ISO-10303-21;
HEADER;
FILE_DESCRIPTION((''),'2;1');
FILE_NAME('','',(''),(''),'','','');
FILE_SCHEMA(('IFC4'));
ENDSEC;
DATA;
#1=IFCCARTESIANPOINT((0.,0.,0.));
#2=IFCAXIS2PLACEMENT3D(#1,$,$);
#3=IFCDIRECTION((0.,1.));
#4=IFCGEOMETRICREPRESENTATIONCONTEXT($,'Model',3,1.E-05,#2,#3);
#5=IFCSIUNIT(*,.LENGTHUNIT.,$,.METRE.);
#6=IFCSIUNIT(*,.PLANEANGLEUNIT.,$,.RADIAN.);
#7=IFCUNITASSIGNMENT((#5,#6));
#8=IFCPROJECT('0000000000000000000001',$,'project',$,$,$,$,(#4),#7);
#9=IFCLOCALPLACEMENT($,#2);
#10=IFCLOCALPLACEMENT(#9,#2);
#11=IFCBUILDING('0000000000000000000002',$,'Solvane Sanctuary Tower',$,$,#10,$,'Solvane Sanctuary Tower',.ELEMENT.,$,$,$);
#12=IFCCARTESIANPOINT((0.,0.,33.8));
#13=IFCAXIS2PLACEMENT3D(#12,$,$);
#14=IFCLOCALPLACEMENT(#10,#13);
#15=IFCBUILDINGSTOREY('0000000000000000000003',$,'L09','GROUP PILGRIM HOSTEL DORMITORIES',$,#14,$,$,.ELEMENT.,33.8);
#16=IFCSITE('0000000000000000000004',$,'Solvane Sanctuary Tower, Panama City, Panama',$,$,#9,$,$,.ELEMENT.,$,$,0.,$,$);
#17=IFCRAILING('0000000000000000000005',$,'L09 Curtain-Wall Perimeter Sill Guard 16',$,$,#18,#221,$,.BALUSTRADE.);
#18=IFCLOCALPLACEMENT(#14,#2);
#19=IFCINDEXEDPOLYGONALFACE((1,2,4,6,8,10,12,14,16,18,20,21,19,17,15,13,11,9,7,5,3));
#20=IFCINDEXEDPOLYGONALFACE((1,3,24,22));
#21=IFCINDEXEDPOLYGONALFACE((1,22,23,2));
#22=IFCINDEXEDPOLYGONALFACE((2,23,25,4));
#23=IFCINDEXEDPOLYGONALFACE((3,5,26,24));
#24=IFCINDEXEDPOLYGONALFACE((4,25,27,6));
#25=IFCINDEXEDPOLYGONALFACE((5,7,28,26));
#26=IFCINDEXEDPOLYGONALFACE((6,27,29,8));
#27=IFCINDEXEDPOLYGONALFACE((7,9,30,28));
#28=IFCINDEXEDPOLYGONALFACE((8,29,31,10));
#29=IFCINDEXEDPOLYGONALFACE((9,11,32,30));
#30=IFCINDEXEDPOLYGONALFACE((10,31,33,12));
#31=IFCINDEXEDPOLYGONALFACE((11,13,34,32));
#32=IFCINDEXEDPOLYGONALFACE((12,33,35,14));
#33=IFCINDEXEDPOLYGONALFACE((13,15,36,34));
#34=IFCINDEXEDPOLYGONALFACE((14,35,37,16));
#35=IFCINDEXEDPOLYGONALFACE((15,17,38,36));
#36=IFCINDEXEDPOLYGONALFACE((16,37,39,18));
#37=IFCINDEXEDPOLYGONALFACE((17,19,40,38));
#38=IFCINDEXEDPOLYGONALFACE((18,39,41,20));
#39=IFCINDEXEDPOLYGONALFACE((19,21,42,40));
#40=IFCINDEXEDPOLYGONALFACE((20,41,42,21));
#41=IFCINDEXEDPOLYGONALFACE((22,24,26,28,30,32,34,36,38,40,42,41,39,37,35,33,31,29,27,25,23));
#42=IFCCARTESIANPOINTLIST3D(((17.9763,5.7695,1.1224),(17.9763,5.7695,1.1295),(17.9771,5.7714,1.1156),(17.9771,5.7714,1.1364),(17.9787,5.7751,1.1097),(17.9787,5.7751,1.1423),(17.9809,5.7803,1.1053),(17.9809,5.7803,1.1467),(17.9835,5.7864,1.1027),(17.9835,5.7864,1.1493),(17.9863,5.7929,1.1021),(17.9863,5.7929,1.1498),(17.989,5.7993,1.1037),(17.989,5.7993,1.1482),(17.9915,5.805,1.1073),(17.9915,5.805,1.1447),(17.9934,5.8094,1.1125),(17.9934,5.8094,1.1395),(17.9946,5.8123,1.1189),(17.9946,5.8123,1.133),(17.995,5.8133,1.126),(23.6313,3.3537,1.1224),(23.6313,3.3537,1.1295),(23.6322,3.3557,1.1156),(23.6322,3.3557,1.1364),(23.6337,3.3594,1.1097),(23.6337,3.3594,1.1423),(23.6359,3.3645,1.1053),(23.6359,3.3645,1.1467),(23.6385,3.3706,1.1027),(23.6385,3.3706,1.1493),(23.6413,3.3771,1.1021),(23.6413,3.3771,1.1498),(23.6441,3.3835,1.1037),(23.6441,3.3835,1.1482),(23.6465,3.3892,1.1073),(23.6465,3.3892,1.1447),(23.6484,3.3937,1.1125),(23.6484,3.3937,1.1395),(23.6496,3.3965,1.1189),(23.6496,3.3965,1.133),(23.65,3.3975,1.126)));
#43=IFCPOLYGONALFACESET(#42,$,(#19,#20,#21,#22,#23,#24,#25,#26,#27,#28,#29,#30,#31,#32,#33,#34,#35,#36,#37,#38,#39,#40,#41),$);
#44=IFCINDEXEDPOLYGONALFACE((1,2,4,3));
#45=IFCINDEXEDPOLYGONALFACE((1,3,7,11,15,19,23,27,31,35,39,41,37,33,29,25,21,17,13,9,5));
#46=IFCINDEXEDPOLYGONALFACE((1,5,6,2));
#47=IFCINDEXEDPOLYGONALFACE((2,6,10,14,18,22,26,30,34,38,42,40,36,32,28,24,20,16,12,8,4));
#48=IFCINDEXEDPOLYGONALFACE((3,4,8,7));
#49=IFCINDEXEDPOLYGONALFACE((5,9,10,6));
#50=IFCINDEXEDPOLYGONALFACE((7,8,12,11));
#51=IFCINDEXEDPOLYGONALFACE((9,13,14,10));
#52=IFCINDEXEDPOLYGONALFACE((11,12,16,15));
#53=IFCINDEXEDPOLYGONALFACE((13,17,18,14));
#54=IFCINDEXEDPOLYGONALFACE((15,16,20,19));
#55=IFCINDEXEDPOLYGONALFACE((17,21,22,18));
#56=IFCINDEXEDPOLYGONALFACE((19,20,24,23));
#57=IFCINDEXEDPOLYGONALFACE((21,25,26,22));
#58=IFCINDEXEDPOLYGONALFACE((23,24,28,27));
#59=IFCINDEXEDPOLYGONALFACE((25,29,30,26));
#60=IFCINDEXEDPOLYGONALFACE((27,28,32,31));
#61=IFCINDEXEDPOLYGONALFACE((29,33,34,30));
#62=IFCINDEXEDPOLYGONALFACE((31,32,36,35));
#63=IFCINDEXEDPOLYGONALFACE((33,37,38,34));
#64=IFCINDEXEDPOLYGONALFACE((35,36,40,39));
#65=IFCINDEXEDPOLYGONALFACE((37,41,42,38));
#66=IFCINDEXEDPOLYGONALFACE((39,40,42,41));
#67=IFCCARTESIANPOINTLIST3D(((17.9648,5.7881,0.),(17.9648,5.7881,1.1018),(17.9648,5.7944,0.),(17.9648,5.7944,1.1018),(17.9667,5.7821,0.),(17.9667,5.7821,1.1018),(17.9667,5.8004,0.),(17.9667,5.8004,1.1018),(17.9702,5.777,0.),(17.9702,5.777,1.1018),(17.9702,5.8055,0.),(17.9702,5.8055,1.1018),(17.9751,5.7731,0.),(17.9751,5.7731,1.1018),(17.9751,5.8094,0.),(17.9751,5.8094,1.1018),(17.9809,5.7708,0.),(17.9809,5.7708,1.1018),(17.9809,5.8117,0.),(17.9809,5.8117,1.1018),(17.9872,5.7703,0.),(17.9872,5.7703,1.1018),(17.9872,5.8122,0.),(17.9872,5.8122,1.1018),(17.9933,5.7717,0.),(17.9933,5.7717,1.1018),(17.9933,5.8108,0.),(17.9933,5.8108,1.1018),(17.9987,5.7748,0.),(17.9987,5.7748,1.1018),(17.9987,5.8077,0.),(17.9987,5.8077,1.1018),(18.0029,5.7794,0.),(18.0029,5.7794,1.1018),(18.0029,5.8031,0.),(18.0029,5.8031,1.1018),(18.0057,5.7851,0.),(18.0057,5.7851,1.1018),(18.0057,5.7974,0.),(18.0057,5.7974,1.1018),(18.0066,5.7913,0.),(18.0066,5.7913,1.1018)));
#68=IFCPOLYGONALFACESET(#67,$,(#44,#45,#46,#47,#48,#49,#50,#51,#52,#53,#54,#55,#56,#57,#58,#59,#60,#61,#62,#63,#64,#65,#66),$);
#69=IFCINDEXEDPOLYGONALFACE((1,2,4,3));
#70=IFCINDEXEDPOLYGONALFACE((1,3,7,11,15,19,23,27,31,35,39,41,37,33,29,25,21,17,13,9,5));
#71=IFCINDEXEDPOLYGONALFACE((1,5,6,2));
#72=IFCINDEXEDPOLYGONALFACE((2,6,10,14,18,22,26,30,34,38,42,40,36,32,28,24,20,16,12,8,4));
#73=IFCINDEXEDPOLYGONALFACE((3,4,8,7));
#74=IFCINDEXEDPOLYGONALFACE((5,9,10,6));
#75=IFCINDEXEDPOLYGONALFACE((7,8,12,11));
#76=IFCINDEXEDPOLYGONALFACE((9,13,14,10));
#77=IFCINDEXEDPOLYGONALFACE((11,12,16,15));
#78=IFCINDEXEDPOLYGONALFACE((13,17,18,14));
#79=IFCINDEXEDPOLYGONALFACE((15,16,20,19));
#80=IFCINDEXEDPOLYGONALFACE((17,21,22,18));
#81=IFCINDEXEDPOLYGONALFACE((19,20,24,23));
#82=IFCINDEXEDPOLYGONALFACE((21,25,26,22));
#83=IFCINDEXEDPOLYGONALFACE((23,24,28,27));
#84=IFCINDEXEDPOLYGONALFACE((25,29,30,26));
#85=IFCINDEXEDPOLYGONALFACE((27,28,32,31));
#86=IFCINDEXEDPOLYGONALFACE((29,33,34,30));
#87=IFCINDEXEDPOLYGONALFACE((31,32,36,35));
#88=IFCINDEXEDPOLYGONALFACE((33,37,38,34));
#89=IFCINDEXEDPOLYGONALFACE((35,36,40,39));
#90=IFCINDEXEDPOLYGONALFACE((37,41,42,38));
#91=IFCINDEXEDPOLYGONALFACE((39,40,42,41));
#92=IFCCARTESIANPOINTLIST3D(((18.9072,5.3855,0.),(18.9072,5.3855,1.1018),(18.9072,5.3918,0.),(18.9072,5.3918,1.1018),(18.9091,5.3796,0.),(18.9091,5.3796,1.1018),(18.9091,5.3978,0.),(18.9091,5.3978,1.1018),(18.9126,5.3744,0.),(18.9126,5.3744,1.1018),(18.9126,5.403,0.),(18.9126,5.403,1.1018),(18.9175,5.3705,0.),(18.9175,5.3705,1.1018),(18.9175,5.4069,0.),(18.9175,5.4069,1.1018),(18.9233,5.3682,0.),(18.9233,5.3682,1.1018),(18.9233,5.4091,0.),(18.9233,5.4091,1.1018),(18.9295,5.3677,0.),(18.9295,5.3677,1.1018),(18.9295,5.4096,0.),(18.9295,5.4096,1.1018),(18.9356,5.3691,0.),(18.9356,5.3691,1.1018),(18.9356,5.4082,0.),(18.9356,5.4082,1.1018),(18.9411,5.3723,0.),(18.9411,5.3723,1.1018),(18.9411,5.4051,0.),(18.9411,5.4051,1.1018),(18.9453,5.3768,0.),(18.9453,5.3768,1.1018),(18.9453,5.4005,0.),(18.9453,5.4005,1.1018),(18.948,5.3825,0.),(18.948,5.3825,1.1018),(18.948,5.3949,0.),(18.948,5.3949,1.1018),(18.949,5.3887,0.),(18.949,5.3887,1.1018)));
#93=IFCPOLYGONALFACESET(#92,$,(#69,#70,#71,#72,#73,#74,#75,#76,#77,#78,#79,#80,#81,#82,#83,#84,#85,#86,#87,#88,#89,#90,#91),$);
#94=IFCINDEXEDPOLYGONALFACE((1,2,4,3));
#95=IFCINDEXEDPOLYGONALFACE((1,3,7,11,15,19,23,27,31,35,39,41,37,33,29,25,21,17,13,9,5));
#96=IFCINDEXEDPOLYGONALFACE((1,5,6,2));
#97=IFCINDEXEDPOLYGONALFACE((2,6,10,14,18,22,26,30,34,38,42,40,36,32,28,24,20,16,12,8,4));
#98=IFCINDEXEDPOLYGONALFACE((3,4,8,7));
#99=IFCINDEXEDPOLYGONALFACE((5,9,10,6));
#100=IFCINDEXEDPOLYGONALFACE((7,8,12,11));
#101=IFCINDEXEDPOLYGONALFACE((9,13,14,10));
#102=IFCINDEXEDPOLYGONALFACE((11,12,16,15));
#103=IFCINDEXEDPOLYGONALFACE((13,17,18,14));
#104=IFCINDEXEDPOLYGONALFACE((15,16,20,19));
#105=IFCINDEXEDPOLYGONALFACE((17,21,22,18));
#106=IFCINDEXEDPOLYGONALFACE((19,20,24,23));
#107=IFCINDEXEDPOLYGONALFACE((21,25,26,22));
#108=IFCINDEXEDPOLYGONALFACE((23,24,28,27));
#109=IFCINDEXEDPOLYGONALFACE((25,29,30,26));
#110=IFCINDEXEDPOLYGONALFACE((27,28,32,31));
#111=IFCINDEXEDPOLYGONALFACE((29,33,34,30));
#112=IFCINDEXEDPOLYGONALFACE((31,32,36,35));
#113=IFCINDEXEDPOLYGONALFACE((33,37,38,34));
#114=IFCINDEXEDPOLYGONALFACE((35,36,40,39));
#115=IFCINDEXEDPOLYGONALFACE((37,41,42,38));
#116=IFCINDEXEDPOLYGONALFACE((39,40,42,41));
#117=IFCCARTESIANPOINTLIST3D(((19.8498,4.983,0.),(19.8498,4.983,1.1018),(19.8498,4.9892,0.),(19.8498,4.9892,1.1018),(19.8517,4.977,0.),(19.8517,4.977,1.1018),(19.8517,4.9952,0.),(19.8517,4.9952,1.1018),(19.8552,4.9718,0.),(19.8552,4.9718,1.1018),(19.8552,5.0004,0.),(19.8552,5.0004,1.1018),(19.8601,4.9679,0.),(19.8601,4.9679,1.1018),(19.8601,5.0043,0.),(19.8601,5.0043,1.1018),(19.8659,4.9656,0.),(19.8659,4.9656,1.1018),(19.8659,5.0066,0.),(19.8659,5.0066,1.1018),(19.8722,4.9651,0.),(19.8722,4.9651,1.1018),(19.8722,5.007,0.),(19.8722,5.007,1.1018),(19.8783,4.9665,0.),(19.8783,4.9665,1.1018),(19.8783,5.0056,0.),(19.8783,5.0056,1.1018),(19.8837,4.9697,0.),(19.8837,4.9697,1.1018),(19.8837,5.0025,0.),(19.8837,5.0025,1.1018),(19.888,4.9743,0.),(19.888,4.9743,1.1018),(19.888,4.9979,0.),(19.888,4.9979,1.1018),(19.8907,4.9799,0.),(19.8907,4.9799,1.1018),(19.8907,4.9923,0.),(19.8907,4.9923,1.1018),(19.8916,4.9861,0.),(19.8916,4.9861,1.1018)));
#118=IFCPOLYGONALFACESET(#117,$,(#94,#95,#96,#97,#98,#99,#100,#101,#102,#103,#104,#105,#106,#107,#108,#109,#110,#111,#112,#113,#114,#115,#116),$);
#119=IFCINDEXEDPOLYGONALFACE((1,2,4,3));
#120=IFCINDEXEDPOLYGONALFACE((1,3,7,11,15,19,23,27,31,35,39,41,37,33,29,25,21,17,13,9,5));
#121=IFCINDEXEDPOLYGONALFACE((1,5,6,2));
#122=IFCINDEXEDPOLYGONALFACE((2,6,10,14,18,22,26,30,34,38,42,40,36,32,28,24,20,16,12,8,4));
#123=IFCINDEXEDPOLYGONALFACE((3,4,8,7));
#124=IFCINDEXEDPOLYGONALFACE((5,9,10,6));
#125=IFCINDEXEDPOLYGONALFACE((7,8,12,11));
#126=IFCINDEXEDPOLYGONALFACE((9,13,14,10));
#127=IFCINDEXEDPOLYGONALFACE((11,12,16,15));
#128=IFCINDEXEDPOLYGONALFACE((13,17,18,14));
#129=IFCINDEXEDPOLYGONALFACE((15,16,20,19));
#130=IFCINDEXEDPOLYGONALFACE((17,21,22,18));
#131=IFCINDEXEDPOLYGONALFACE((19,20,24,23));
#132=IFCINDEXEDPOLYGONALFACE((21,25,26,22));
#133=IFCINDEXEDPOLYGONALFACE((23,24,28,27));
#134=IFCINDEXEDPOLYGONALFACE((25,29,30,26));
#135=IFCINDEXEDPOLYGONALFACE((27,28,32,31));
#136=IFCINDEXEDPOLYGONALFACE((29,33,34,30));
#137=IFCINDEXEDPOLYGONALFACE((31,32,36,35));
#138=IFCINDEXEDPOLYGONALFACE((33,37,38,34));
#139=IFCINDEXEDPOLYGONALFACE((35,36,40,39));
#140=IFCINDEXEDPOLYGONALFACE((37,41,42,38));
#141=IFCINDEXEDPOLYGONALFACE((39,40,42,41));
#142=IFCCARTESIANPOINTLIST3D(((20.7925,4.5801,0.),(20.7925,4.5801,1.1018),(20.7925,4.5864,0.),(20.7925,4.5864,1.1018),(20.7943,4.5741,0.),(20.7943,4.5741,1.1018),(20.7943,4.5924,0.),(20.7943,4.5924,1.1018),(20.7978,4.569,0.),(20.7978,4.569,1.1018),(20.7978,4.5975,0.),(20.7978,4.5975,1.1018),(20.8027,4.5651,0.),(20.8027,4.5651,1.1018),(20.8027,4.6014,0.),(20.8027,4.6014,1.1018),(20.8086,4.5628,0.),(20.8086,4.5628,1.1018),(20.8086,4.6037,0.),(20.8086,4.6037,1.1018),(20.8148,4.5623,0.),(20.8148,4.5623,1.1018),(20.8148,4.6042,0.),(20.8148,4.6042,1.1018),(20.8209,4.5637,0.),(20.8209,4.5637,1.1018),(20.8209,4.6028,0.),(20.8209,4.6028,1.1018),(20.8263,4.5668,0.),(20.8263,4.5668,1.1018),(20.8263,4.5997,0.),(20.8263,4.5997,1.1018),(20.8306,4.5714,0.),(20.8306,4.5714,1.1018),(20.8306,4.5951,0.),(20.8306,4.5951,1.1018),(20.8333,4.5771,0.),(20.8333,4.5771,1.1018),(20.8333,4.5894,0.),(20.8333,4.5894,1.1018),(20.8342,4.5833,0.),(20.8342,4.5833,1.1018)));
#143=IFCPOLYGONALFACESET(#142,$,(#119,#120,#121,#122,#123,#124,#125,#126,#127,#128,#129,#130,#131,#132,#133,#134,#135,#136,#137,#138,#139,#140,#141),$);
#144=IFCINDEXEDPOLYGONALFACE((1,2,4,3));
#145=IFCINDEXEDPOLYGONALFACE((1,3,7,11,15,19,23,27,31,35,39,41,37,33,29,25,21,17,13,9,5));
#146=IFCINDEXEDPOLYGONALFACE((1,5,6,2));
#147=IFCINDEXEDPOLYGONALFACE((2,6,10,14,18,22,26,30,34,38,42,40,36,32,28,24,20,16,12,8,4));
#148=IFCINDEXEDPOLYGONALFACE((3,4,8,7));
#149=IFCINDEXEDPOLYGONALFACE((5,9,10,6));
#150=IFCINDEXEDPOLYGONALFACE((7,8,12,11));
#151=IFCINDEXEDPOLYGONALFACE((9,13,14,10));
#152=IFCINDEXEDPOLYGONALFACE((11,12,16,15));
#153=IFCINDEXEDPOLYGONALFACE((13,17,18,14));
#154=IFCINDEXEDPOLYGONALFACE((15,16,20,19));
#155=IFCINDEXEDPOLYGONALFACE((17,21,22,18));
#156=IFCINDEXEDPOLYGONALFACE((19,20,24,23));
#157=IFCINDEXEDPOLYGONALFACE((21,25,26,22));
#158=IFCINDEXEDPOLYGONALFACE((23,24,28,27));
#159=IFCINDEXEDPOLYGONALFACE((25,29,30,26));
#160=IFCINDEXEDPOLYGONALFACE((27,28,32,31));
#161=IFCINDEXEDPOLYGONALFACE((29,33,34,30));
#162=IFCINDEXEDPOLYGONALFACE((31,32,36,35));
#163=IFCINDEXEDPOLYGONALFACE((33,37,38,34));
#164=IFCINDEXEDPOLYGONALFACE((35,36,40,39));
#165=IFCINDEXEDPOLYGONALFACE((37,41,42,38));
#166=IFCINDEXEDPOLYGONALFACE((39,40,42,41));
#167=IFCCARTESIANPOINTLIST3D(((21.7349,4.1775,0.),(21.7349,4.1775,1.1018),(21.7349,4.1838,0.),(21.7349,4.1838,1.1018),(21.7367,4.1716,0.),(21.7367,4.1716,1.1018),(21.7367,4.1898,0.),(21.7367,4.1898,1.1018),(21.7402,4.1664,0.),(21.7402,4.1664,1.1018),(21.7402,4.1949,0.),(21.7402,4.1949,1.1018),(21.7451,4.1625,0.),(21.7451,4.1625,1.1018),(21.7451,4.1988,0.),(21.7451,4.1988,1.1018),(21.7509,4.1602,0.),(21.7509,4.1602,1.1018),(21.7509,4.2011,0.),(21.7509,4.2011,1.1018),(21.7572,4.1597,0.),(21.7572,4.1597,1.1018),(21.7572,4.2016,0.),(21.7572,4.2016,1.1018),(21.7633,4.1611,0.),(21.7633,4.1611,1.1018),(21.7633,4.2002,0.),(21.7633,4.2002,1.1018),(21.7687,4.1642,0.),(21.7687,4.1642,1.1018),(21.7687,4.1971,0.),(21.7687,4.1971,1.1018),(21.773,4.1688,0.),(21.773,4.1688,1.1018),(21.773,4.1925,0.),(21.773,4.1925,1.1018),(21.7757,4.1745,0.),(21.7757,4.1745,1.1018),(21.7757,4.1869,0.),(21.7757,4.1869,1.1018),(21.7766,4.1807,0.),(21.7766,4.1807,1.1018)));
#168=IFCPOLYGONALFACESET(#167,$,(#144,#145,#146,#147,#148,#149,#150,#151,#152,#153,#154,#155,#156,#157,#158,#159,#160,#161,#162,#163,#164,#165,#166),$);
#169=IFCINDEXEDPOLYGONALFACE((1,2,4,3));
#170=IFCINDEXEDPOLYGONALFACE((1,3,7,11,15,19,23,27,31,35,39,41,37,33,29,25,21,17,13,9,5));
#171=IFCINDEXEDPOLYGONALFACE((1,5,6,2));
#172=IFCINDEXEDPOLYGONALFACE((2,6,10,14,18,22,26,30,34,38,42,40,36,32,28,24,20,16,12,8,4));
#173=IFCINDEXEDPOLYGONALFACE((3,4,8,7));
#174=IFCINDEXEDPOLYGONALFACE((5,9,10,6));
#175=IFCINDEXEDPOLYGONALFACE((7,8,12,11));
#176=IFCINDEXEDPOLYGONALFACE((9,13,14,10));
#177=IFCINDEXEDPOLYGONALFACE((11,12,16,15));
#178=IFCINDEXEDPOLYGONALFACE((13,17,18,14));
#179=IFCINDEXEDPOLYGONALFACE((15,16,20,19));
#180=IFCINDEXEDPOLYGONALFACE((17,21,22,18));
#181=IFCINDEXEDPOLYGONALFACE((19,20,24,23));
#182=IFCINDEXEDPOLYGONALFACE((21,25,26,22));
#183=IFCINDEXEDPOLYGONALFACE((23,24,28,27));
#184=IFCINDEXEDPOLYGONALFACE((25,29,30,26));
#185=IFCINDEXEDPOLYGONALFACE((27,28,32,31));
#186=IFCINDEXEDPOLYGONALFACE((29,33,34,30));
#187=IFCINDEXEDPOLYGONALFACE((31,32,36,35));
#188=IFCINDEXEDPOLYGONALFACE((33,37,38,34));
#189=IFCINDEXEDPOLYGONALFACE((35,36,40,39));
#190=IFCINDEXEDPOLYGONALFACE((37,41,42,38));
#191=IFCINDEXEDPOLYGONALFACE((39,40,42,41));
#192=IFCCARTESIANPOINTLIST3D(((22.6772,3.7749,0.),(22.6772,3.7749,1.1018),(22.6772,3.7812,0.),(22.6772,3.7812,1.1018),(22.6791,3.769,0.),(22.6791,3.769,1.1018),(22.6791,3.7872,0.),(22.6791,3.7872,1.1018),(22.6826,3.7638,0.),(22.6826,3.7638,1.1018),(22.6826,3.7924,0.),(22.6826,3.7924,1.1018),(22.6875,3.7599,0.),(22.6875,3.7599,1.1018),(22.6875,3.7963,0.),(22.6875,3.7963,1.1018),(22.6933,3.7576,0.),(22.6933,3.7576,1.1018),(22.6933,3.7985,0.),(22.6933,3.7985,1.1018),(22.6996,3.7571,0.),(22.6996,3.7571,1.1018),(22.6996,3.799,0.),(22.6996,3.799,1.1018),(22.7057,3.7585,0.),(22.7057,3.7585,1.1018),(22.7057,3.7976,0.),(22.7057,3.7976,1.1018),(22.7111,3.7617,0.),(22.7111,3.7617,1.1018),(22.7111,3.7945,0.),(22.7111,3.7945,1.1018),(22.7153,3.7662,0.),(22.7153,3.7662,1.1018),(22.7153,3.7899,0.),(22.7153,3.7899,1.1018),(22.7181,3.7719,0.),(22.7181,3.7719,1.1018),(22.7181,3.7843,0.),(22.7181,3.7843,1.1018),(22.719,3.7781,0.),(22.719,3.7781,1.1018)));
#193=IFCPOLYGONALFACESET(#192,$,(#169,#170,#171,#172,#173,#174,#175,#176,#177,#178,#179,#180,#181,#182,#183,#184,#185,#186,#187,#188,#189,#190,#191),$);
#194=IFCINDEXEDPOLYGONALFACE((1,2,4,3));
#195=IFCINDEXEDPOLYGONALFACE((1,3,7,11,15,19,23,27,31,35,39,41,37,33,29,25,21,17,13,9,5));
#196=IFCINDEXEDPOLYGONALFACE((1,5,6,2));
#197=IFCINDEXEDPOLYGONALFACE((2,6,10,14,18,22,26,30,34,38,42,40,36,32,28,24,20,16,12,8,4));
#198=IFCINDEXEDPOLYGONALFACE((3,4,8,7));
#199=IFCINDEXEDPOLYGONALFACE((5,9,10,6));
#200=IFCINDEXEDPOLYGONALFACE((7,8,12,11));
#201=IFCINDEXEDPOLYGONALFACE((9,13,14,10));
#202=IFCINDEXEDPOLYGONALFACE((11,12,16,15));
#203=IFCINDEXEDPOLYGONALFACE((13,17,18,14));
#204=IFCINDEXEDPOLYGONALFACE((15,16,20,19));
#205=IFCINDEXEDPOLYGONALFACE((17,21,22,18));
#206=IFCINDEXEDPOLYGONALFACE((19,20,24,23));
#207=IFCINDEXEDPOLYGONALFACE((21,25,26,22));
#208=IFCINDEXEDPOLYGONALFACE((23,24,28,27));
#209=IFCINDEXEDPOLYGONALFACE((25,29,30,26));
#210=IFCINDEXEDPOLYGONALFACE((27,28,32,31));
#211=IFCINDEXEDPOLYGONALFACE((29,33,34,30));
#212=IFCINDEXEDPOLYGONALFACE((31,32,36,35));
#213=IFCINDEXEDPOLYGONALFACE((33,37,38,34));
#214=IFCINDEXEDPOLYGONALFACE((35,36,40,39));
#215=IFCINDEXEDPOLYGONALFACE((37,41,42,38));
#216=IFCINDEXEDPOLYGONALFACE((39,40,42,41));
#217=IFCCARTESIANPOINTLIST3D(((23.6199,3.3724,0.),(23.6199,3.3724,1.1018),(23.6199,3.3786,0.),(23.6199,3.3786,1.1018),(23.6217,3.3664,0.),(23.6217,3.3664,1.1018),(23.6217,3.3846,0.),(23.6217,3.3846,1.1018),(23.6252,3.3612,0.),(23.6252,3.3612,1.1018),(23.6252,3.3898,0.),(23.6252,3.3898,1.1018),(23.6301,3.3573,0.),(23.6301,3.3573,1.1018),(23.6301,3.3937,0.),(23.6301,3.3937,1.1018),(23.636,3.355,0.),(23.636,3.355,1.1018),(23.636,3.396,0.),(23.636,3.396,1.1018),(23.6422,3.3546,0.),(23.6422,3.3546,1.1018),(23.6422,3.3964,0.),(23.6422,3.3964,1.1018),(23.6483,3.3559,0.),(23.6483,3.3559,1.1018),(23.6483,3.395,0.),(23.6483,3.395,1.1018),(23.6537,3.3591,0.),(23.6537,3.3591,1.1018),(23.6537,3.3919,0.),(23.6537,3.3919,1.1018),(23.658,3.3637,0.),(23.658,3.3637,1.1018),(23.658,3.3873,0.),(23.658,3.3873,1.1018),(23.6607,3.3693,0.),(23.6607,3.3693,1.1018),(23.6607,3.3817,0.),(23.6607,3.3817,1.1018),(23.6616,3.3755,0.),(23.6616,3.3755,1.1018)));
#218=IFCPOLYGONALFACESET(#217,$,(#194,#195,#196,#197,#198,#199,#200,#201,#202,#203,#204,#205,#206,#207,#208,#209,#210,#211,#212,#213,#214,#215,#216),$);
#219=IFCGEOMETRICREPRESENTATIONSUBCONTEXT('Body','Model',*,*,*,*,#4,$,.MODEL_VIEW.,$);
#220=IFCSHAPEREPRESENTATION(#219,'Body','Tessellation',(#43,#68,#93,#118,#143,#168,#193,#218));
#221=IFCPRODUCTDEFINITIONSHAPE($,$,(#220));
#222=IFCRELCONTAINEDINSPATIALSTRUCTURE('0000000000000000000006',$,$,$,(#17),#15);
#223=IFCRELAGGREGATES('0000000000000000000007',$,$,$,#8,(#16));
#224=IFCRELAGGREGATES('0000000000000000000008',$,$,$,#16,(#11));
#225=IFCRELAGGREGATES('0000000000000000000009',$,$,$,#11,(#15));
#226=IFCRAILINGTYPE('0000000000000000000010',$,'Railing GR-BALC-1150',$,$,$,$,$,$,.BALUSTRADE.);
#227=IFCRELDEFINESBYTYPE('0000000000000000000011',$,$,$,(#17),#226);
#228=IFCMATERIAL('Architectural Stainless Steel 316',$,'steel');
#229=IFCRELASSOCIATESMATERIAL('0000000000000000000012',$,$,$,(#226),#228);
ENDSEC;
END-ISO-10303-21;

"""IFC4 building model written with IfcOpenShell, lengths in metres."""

from ifc_helpers import new_model, si_unit, direction, frame, origin, origin_2d, place, context, subcontext, project, spatial, circle, extrude, material, type_object, element, save


model = new_model("IFC4")

# Units and contexts
model_context = context("Model", 3, precision=1e-05, world=origin(), true_north=direction((0.0, 1.0)))
body_context = subcontext(model_context, "Body", "Model", "MODEL_VIEW")
ifc_project = project(units=[si_unit("LENGTHUNIT", "METRE"), si_unit("PLANEANGLEUNIT", "RADIAN")], contexts=[model_context])

# Site, building, storey
site_placement = place(None, origin())
site = spatial("IfcSite", under=ifc_project, at=site_placement, Name="Solvane Sanctuary Tower, Panama City, Panama", CompositionType="ELEMENT", RefElevation=0.0)
building_placement = place(site_placement, origin())
building = spatial("IfcBuilding", under=site, at=building_placement, Name="Solvane Sanctuary Tower", LongName="Solvane Sanctuary Tower", CompositionType="ELEMENT")
storey_placement = place(building_placement, frame((0.0, 0.0, 33.8)))
storey = spatial("IfcBuildingStorey", under=building, at=storey_placement, Name="L09", Description="GROUP PILGRIM HOSTEL DORMITORIES", CompositionType="ELEMENT", Elevation=33.8)

# Railing
ifc_material_1 = material(Name="Architectural Stainless Steel 316", Category="steel")
railing_type = type_object("IfcRailingType", Name="Railing GR-BALC-1150", PredefinedType="BALUSTRADE", material=ifc_material_1)
railing_placement = place(storey_placement, frame((17.9856, 5.7913, 0.0)))
element("IfcRailing", 1, at=railing_placement, inside=storey, type_object=railing_type, Name="L09 Curtain-Wall Perimeter Sill Guard 16", PredefinedType="BALUSTRADE", context=body_context, shape_type="SweptSolid", body=[
    extrude(circle(Radius=0.0239, at=origin_2d()), frame((0.0, 0.0, 1.126), z_axis=(0.919604, -0.392846, 0.0), x_axis=(0.392846, 0.919604, 0.0)), (0.0, 0.0, 1.0), 6.1494),
    extrude(circle(Radius=0.021, at=origin_2d()), origin(), (0.0, 0.0, 1.0), 1.1018),
    extrude(circle(Radius=0.021, at=origin_2d()), frame((0.9424, -0.4026, 0.0)), (0.0, 0.0, 1.0), 1.1018),
    extrude(circle(Radius=0.021, at=origin_2d()), frame((1.885, -0.8052, 0.0)), (0.0, 0.0, 1.0), 1.1018),
    extrude(circle(Radius=0.021, at=origin_2d()), frame((2.8276, -1.208, 0.0)), (0.0, 0.0, 1.0), 1.1018),
    extrude(circle(Radius=0.021, at=origin_2d()), frame((3.77, -1.6106, 0.0)), (0.0, 0.0, 1.0), 1.1018),
    extrude(circle(Radius=0.021, at=origin_2d()), frame((4.7124, -2.0132, 0.0)), (0.0, 0.0, 1.0), 1.1018),
    extrude(circle(Radius=0.021, at=origin_2d()), frame((5.655, -2.4158, 0.0)), (0.0, 0.0, 1.0), 1.1018),
])

save(model, "model.ifc")
